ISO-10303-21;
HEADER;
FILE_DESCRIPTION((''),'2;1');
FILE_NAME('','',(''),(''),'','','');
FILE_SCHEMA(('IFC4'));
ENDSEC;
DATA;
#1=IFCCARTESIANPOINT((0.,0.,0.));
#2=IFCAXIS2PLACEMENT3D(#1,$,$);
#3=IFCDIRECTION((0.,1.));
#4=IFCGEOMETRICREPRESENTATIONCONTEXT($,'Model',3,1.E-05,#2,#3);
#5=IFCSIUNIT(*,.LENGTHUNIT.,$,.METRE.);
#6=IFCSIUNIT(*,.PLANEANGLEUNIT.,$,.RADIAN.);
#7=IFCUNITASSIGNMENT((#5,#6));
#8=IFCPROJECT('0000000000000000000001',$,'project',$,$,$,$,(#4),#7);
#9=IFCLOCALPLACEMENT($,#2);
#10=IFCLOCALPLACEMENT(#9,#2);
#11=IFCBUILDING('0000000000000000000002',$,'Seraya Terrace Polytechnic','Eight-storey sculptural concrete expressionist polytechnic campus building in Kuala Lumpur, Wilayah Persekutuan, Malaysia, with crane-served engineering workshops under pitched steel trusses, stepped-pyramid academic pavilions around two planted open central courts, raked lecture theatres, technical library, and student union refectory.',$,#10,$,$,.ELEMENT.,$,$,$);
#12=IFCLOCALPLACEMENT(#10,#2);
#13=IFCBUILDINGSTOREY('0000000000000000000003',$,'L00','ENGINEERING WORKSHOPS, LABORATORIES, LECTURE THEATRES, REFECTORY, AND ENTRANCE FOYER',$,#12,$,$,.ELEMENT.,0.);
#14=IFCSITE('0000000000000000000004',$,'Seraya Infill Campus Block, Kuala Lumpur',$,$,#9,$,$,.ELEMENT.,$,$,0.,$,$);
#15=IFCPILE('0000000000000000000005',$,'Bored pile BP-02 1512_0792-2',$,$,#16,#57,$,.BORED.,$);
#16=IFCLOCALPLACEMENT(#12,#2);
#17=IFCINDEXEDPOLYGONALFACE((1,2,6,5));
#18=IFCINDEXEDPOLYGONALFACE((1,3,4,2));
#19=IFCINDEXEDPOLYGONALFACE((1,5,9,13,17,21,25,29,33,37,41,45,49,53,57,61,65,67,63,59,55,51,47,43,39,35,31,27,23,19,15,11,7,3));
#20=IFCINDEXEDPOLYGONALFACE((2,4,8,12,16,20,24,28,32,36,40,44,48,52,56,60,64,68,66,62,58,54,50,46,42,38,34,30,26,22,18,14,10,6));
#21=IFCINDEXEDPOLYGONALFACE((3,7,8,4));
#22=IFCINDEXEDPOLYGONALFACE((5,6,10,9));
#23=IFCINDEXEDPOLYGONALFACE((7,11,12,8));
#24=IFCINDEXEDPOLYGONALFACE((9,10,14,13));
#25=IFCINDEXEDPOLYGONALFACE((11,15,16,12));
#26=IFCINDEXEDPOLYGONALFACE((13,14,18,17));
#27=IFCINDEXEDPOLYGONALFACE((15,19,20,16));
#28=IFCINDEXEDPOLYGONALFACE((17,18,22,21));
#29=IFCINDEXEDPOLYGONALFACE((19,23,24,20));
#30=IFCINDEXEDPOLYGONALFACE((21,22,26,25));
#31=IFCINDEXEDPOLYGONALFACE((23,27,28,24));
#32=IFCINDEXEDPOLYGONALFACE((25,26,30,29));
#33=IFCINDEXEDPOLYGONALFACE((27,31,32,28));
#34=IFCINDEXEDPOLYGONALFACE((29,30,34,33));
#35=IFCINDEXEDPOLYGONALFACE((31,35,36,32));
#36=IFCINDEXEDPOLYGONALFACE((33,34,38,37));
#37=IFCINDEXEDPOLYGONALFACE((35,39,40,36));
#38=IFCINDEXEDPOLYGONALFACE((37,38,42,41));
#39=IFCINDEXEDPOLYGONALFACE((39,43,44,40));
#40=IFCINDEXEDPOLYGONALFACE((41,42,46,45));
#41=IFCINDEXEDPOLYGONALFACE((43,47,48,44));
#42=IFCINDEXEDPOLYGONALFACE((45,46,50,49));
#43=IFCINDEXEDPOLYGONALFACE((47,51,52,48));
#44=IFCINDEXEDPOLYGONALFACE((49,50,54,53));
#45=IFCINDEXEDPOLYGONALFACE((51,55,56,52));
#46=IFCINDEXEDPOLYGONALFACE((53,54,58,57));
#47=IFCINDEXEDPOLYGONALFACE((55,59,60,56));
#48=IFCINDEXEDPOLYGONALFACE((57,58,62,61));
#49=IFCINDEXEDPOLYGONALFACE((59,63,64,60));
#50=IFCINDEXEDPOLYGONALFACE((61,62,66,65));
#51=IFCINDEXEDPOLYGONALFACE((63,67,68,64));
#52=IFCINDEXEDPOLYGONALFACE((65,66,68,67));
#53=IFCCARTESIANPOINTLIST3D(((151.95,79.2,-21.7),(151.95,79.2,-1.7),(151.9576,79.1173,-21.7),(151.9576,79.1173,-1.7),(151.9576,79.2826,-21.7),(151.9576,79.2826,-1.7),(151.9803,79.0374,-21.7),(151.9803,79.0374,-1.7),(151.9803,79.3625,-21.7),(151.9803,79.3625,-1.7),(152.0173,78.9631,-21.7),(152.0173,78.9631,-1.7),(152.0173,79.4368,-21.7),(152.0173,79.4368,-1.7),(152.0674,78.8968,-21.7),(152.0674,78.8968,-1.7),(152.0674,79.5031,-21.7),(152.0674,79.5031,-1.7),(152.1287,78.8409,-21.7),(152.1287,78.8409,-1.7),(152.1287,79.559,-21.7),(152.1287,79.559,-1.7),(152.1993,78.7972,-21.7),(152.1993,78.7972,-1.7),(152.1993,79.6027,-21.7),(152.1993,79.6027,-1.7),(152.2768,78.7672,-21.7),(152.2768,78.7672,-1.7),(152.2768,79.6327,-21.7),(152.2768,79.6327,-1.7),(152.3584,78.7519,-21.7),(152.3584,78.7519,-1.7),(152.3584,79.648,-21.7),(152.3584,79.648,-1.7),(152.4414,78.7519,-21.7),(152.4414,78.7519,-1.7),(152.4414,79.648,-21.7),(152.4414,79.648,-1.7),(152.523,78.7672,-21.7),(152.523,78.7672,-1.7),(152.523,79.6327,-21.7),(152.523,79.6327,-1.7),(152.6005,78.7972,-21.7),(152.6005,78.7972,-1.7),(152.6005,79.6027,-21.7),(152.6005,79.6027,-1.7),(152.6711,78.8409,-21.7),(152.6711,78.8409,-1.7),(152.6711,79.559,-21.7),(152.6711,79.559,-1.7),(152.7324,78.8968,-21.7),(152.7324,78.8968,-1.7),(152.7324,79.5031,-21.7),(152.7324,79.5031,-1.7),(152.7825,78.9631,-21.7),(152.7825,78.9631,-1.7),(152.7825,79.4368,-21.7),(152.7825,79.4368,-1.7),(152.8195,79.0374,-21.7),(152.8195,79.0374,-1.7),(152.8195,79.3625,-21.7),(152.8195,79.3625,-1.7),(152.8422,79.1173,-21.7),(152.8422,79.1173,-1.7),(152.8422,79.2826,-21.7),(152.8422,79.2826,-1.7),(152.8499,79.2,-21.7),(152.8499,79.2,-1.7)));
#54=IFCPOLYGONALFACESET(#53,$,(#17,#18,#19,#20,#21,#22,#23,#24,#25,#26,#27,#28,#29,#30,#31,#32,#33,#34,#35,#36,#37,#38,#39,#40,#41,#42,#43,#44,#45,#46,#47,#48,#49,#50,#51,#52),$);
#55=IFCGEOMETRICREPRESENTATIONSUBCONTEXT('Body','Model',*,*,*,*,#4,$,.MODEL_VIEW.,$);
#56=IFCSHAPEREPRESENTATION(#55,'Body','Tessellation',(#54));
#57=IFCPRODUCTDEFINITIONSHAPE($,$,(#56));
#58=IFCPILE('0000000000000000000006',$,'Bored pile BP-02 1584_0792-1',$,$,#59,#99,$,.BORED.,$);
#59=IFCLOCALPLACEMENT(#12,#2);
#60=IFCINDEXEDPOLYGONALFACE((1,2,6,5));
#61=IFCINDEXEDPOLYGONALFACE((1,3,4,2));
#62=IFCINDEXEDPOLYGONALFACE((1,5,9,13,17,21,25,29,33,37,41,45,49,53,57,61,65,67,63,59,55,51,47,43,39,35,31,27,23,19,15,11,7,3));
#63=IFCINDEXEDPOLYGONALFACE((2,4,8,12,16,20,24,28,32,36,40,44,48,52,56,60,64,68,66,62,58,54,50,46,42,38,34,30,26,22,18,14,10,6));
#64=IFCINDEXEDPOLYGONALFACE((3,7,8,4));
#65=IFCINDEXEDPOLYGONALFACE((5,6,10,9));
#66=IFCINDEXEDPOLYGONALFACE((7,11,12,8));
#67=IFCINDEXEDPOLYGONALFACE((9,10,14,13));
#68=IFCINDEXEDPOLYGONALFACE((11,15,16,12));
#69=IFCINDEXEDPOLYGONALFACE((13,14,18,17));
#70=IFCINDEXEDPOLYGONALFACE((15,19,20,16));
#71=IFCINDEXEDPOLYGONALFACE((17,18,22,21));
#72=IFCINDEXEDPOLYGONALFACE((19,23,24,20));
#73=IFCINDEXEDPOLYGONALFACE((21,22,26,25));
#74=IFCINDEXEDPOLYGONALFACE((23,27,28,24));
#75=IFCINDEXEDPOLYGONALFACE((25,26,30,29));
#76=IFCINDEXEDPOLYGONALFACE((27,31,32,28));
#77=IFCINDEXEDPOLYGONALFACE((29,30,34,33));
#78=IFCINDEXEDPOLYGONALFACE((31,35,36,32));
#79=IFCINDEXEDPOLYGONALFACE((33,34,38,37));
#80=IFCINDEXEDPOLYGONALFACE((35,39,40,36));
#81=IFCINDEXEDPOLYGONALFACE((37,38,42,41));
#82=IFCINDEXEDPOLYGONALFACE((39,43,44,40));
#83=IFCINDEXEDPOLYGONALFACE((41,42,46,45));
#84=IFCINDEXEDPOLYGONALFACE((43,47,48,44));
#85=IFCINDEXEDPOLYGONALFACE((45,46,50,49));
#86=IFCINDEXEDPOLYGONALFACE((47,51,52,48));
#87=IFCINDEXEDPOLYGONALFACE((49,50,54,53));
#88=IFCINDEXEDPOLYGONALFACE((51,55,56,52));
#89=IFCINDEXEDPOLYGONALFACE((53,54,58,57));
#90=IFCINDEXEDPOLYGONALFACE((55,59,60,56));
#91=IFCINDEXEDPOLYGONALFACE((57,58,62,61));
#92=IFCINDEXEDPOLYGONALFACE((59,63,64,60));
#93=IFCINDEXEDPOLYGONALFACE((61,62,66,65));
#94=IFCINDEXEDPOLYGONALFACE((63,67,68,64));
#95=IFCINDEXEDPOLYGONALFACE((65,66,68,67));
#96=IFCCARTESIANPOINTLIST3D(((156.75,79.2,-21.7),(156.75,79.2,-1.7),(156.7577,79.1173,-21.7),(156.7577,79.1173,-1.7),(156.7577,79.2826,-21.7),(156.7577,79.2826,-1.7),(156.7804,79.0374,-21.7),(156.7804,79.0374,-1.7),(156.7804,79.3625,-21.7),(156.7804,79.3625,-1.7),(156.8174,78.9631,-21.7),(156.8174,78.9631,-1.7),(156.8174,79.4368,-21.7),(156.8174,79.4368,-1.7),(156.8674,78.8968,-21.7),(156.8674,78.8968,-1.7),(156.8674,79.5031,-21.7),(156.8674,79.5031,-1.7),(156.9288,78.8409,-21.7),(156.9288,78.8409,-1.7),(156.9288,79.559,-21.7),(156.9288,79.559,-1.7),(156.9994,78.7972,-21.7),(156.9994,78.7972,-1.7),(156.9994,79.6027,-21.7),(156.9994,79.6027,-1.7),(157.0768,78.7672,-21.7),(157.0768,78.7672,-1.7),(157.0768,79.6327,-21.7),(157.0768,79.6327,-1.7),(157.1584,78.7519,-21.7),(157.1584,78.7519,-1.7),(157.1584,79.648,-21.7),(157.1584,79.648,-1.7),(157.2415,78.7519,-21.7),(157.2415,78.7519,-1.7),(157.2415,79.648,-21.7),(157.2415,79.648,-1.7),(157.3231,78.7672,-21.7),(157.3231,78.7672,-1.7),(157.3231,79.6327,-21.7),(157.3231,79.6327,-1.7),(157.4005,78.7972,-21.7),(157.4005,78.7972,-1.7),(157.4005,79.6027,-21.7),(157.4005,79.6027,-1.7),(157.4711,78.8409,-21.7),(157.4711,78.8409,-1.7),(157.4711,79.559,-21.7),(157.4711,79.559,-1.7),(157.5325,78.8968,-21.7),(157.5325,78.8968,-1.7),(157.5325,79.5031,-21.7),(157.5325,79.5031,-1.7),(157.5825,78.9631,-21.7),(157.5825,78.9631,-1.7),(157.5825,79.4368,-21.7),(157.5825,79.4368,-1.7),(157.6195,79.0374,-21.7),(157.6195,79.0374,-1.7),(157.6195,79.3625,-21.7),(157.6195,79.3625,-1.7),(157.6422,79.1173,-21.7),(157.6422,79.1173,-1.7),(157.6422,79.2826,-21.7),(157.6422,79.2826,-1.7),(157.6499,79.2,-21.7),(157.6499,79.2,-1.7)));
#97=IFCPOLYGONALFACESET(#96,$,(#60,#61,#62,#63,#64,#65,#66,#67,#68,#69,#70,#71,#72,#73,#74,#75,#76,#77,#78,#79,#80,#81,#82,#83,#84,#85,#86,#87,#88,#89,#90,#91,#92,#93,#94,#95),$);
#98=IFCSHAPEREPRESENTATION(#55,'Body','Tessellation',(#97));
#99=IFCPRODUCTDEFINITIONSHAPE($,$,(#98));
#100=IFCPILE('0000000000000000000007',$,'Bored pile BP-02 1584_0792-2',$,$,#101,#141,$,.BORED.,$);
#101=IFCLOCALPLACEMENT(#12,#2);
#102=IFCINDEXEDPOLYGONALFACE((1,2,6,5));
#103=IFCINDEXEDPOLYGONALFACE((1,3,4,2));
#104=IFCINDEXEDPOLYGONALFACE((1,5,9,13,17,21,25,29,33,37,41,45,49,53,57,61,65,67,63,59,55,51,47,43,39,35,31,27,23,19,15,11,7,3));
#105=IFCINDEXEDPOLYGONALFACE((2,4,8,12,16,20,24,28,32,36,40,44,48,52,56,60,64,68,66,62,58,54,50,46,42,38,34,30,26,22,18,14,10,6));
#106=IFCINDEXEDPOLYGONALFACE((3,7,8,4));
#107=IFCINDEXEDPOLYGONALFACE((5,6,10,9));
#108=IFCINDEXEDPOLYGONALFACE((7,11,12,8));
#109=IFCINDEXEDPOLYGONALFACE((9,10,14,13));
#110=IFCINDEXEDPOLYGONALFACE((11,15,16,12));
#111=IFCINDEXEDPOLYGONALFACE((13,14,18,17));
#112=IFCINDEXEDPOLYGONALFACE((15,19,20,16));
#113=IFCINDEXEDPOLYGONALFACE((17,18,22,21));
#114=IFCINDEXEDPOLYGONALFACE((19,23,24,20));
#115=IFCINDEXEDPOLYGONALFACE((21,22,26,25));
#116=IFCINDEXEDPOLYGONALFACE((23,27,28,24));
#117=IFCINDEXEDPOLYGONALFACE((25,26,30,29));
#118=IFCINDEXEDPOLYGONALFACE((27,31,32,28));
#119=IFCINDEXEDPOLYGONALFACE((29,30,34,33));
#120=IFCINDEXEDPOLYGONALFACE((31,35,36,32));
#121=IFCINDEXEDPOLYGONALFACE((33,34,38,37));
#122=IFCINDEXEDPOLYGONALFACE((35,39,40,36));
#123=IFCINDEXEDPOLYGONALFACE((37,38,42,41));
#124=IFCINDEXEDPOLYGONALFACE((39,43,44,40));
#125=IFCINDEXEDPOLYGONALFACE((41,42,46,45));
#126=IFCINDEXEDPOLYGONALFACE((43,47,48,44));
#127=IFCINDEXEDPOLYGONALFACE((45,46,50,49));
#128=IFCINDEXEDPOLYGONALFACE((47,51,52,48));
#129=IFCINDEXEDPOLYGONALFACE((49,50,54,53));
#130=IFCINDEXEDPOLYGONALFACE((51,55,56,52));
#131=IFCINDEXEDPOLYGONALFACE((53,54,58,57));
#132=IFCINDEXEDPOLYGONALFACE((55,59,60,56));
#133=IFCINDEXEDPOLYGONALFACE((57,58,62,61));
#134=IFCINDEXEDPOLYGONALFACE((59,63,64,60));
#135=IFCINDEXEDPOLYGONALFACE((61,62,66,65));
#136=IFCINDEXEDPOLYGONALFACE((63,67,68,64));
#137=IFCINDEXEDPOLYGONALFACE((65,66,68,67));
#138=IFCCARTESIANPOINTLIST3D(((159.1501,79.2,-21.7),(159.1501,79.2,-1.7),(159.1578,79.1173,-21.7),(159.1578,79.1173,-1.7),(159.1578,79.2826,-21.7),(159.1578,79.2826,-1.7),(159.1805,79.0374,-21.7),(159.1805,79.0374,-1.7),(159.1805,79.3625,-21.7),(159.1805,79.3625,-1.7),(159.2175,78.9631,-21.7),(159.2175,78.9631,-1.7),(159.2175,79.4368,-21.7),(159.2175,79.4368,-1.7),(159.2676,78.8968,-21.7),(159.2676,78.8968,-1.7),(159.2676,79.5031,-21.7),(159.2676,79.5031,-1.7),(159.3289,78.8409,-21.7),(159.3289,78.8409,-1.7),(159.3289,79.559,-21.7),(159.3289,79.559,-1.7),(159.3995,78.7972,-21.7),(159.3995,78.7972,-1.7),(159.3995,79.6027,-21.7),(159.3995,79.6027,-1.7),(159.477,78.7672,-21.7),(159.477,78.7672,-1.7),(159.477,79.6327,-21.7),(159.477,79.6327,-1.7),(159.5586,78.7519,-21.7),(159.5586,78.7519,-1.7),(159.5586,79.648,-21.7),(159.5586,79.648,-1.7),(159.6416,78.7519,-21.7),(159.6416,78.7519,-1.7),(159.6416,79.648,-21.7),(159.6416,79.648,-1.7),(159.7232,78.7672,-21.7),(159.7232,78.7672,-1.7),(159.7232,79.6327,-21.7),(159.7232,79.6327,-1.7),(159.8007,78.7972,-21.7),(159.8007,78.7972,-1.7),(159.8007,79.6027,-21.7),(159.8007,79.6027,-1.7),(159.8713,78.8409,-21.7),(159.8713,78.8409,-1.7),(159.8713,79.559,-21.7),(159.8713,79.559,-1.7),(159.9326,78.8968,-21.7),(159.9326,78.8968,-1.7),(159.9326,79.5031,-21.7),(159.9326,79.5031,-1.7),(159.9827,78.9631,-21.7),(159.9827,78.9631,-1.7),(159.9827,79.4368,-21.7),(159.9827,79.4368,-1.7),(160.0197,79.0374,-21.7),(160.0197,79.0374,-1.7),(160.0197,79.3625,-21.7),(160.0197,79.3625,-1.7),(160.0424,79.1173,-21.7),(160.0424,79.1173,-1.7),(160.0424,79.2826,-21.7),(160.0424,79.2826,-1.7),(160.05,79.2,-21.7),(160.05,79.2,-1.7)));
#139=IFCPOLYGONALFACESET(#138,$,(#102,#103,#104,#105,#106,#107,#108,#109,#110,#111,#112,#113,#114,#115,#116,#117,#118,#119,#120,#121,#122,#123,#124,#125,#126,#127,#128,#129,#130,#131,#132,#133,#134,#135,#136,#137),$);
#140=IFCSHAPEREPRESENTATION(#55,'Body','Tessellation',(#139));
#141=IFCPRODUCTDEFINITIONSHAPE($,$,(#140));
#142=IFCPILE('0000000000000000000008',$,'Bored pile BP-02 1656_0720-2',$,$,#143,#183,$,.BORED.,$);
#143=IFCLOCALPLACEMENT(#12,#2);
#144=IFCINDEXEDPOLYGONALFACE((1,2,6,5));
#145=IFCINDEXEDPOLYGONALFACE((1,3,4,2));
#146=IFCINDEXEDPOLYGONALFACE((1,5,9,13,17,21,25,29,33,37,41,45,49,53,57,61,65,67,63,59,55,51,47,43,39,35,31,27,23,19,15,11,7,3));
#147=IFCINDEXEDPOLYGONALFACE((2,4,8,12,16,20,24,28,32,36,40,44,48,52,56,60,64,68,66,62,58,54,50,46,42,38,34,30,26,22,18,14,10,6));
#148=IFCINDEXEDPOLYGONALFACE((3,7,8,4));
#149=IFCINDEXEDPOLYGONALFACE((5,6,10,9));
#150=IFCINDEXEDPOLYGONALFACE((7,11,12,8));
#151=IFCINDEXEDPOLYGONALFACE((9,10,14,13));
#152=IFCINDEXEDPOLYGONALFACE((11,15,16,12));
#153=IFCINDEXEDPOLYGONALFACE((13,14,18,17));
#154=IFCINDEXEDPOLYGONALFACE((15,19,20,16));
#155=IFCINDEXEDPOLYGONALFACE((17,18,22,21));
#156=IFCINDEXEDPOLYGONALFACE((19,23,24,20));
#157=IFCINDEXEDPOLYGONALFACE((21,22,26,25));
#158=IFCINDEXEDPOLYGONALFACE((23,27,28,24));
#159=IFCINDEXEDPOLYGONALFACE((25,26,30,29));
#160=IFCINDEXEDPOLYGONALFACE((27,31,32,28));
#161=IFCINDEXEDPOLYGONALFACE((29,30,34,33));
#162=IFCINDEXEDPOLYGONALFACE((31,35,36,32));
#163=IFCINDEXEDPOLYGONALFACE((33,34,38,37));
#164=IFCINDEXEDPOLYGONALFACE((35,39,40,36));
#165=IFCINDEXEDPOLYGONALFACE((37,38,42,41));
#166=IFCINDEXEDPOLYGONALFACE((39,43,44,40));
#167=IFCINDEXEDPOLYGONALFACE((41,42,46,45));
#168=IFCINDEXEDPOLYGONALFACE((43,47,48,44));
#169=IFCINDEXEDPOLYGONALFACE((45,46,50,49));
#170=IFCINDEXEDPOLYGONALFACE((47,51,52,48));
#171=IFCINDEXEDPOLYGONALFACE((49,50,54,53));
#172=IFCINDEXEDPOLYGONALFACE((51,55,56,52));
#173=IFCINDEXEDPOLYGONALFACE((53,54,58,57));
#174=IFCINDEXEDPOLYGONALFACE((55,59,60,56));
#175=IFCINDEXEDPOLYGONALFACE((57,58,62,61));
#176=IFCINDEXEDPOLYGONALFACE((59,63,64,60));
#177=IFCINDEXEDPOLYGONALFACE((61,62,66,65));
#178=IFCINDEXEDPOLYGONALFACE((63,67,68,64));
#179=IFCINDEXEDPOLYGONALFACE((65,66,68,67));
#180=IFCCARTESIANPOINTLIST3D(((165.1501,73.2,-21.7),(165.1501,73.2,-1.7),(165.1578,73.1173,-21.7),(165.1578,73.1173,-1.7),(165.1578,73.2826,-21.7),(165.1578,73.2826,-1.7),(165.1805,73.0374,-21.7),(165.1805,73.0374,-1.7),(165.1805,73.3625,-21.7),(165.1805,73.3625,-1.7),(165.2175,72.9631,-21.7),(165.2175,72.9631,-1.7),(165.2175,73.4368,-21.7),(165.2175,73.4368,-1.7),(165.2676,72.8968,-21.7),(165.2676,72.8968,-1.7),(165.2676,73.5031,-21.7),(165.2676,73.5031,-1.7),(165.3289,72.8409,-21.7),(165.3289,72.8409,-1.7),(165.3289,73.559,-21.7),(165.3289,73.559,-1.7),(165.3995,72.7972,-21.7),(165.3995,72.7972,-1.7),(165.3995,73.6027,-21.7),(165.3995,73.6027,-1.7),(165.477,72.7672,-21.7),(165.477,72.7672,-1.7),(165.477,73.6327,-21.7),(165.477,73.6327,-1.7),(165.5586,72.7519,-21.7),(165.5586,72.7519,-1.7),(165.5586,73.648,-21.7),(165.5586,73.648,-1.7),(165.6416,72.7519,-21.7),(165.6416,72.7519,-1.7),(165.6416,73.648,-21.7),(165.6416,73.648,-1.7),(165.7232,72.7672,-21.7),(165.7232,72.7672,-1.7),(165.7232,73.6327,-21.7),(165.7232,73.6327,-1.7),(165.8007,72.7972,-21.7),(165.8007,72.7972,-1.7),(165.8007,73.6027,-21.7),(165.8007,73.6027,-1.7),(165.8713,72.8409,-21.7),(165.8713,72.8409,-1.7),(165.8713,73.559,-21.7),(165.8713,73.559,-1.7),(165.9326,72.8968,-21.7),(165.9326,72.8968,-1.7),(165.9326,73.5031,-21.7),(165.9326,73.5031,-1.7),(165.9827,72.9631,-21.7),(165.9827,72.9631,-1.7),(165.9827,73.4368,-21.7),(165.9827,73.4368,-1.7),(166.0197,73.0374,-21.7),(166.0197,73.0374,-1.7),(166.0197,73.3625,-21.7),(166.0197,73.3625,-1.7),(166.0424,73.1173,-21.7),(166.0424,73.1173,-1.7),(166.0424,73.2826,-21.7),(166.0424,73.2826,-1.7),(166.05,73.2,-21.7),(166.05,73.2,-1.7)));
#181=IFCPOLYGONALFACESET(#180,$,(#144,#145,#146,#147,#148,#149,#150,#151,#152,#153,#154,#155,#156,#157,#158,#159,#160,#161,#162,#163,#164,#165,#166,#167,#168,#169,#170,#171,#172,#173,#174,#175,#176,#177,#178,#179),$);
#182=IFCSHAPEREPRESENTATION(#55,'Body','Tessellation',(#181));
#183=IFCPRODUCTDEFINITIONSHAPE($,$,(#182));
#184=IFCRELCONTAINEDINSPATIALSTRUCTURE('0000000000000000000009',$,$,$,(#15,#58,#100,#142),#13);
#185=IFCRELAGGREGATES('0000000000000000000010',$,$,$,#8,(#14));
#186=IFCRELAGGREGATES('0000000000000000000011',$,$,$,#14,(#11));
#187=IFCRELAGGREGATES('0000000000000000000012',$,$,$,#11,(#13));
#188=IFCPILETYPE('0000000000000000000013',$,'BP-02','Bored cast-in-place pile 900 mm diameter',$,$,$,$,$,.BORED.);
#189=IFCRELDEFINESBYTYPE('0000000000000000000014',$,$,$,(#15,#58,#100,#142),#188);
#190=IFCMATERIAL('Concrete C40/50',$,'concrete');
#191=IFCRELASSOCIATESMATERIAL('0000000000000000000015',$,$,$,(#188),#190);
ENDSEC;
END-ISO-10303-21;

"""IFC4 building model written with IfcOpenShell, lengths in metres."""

from ifc_helpers import new_model, si_unit, direction, frame, origin, origin_2d, place, context, subcontext, project, spatial, circle, extrude, material, material_profile, profile_set, type_object, element, save


model = new_model("IFC4")

# Units and contexts
model_context = context("Model", 3, precision=1e-05, world=origin(), true_north=direction((0.0, 1.0)))
body_context = subcontext(model_context, "Body", "Model", "MODEL_VIEW")
ifc_project = project(units=[si_unit("LENGTHUNIT", "METRE"), si_unit("PLANEANGLEUNIT", "RADIAN")], contexts=[model_context])

# Site, building, storey
site_placement = place(None, origin())
site = spatial("IfcSite", under=ifc_project, at=site_placement, Name="Seraya Infill Campus Block, Kuala Lumpur", CompositionType="ELEMENT", RefElevation=0.0)
building_placement = place(site_placement, origin())
building = spatial("IfcBuilding", under=site, at=building_placement, Name="Seraya Terrace Polytechnic", Description="Eight-storey sculptural concrete expressionist polytechnic campus building in Kuala Lumpur, Wilayah Persekutuan, Malaysia, with crane-served engineering workshops under pitched steel trusses, stepped-pyramid academic pavilions around two planted open central courts, raked lecture theatres, technical library, and student union refectory.", CompositionType="ELEMENT")
storey_placement = place(building_placement, origin())
storey = spatial("IfcBuildingStorey", under=building, at=storey_placement, Name="L00", Description="ENGINEERING WORKSHOPS, LABORATORIES, LECTURE THEATRES, REFECTORY, AND ENTRANCE FOYER", CompositionType="ELEMENT", Elevation=0.0)

# Piles
ifc_material_1 = material(Name="Concrete C40/50", Category="concrete")
ifc_material_profile_1 = material_profile(ifc_material_1, circle(Radius=0.45, at=origin_2d()), Name="DIA 900")
ifc_profile_set_1 = profile_set([ifc_material_profile_1], Name="Concrete C40/50")
pile_type = type_object("IfcPileType", Name="BP-02", Description="Bored cast-in-place pile 900 mm diameter", PredefinedType="BORED", material=ifc_profile_set_1)
for number, where, z_axis, x_axis, name in (
    (1, (152.3999, 79.2, -1.7), (0.0, 0.0, -1.0), (1.0, 0.0, 0.0), "Bored pile BP-02 1512_0792-2"),
    (2, (157.2, 79.2, -1.7), (0.0, 0.0, -1.0), (1.0, 0.0, 0.0), "Bored pile BP-02 1584_0792-1"),
    (3, (159.6001, 79.2, -1.7), (0.0, 0.0, -1.0), (1.0, 0.0, 0.0), "Bored pile BP-02 1584_0792-2"),
    (4, (165.6001, 73.2, -1.7), (0.0, 0.0, -1.0), (1.0, 0.0, 0.0), "Bored pile BP-02 1656_0720-2"),
):
    element("IfcPile", number, at=place(storey_placement, frame(where, z_axis=z_axis, x_axis=x_axis)), inside=storey, type_object=pile_type, Name=name, PredefinedType="BORED", context=body_context, shape_type="SweptSolid", body=[
        extrude(circle(Radius=0.45, at=origin_2d()), origin(), (0.0, 0.0, 1.0), 20.0),
    ])

save(model, "model.ifc")
